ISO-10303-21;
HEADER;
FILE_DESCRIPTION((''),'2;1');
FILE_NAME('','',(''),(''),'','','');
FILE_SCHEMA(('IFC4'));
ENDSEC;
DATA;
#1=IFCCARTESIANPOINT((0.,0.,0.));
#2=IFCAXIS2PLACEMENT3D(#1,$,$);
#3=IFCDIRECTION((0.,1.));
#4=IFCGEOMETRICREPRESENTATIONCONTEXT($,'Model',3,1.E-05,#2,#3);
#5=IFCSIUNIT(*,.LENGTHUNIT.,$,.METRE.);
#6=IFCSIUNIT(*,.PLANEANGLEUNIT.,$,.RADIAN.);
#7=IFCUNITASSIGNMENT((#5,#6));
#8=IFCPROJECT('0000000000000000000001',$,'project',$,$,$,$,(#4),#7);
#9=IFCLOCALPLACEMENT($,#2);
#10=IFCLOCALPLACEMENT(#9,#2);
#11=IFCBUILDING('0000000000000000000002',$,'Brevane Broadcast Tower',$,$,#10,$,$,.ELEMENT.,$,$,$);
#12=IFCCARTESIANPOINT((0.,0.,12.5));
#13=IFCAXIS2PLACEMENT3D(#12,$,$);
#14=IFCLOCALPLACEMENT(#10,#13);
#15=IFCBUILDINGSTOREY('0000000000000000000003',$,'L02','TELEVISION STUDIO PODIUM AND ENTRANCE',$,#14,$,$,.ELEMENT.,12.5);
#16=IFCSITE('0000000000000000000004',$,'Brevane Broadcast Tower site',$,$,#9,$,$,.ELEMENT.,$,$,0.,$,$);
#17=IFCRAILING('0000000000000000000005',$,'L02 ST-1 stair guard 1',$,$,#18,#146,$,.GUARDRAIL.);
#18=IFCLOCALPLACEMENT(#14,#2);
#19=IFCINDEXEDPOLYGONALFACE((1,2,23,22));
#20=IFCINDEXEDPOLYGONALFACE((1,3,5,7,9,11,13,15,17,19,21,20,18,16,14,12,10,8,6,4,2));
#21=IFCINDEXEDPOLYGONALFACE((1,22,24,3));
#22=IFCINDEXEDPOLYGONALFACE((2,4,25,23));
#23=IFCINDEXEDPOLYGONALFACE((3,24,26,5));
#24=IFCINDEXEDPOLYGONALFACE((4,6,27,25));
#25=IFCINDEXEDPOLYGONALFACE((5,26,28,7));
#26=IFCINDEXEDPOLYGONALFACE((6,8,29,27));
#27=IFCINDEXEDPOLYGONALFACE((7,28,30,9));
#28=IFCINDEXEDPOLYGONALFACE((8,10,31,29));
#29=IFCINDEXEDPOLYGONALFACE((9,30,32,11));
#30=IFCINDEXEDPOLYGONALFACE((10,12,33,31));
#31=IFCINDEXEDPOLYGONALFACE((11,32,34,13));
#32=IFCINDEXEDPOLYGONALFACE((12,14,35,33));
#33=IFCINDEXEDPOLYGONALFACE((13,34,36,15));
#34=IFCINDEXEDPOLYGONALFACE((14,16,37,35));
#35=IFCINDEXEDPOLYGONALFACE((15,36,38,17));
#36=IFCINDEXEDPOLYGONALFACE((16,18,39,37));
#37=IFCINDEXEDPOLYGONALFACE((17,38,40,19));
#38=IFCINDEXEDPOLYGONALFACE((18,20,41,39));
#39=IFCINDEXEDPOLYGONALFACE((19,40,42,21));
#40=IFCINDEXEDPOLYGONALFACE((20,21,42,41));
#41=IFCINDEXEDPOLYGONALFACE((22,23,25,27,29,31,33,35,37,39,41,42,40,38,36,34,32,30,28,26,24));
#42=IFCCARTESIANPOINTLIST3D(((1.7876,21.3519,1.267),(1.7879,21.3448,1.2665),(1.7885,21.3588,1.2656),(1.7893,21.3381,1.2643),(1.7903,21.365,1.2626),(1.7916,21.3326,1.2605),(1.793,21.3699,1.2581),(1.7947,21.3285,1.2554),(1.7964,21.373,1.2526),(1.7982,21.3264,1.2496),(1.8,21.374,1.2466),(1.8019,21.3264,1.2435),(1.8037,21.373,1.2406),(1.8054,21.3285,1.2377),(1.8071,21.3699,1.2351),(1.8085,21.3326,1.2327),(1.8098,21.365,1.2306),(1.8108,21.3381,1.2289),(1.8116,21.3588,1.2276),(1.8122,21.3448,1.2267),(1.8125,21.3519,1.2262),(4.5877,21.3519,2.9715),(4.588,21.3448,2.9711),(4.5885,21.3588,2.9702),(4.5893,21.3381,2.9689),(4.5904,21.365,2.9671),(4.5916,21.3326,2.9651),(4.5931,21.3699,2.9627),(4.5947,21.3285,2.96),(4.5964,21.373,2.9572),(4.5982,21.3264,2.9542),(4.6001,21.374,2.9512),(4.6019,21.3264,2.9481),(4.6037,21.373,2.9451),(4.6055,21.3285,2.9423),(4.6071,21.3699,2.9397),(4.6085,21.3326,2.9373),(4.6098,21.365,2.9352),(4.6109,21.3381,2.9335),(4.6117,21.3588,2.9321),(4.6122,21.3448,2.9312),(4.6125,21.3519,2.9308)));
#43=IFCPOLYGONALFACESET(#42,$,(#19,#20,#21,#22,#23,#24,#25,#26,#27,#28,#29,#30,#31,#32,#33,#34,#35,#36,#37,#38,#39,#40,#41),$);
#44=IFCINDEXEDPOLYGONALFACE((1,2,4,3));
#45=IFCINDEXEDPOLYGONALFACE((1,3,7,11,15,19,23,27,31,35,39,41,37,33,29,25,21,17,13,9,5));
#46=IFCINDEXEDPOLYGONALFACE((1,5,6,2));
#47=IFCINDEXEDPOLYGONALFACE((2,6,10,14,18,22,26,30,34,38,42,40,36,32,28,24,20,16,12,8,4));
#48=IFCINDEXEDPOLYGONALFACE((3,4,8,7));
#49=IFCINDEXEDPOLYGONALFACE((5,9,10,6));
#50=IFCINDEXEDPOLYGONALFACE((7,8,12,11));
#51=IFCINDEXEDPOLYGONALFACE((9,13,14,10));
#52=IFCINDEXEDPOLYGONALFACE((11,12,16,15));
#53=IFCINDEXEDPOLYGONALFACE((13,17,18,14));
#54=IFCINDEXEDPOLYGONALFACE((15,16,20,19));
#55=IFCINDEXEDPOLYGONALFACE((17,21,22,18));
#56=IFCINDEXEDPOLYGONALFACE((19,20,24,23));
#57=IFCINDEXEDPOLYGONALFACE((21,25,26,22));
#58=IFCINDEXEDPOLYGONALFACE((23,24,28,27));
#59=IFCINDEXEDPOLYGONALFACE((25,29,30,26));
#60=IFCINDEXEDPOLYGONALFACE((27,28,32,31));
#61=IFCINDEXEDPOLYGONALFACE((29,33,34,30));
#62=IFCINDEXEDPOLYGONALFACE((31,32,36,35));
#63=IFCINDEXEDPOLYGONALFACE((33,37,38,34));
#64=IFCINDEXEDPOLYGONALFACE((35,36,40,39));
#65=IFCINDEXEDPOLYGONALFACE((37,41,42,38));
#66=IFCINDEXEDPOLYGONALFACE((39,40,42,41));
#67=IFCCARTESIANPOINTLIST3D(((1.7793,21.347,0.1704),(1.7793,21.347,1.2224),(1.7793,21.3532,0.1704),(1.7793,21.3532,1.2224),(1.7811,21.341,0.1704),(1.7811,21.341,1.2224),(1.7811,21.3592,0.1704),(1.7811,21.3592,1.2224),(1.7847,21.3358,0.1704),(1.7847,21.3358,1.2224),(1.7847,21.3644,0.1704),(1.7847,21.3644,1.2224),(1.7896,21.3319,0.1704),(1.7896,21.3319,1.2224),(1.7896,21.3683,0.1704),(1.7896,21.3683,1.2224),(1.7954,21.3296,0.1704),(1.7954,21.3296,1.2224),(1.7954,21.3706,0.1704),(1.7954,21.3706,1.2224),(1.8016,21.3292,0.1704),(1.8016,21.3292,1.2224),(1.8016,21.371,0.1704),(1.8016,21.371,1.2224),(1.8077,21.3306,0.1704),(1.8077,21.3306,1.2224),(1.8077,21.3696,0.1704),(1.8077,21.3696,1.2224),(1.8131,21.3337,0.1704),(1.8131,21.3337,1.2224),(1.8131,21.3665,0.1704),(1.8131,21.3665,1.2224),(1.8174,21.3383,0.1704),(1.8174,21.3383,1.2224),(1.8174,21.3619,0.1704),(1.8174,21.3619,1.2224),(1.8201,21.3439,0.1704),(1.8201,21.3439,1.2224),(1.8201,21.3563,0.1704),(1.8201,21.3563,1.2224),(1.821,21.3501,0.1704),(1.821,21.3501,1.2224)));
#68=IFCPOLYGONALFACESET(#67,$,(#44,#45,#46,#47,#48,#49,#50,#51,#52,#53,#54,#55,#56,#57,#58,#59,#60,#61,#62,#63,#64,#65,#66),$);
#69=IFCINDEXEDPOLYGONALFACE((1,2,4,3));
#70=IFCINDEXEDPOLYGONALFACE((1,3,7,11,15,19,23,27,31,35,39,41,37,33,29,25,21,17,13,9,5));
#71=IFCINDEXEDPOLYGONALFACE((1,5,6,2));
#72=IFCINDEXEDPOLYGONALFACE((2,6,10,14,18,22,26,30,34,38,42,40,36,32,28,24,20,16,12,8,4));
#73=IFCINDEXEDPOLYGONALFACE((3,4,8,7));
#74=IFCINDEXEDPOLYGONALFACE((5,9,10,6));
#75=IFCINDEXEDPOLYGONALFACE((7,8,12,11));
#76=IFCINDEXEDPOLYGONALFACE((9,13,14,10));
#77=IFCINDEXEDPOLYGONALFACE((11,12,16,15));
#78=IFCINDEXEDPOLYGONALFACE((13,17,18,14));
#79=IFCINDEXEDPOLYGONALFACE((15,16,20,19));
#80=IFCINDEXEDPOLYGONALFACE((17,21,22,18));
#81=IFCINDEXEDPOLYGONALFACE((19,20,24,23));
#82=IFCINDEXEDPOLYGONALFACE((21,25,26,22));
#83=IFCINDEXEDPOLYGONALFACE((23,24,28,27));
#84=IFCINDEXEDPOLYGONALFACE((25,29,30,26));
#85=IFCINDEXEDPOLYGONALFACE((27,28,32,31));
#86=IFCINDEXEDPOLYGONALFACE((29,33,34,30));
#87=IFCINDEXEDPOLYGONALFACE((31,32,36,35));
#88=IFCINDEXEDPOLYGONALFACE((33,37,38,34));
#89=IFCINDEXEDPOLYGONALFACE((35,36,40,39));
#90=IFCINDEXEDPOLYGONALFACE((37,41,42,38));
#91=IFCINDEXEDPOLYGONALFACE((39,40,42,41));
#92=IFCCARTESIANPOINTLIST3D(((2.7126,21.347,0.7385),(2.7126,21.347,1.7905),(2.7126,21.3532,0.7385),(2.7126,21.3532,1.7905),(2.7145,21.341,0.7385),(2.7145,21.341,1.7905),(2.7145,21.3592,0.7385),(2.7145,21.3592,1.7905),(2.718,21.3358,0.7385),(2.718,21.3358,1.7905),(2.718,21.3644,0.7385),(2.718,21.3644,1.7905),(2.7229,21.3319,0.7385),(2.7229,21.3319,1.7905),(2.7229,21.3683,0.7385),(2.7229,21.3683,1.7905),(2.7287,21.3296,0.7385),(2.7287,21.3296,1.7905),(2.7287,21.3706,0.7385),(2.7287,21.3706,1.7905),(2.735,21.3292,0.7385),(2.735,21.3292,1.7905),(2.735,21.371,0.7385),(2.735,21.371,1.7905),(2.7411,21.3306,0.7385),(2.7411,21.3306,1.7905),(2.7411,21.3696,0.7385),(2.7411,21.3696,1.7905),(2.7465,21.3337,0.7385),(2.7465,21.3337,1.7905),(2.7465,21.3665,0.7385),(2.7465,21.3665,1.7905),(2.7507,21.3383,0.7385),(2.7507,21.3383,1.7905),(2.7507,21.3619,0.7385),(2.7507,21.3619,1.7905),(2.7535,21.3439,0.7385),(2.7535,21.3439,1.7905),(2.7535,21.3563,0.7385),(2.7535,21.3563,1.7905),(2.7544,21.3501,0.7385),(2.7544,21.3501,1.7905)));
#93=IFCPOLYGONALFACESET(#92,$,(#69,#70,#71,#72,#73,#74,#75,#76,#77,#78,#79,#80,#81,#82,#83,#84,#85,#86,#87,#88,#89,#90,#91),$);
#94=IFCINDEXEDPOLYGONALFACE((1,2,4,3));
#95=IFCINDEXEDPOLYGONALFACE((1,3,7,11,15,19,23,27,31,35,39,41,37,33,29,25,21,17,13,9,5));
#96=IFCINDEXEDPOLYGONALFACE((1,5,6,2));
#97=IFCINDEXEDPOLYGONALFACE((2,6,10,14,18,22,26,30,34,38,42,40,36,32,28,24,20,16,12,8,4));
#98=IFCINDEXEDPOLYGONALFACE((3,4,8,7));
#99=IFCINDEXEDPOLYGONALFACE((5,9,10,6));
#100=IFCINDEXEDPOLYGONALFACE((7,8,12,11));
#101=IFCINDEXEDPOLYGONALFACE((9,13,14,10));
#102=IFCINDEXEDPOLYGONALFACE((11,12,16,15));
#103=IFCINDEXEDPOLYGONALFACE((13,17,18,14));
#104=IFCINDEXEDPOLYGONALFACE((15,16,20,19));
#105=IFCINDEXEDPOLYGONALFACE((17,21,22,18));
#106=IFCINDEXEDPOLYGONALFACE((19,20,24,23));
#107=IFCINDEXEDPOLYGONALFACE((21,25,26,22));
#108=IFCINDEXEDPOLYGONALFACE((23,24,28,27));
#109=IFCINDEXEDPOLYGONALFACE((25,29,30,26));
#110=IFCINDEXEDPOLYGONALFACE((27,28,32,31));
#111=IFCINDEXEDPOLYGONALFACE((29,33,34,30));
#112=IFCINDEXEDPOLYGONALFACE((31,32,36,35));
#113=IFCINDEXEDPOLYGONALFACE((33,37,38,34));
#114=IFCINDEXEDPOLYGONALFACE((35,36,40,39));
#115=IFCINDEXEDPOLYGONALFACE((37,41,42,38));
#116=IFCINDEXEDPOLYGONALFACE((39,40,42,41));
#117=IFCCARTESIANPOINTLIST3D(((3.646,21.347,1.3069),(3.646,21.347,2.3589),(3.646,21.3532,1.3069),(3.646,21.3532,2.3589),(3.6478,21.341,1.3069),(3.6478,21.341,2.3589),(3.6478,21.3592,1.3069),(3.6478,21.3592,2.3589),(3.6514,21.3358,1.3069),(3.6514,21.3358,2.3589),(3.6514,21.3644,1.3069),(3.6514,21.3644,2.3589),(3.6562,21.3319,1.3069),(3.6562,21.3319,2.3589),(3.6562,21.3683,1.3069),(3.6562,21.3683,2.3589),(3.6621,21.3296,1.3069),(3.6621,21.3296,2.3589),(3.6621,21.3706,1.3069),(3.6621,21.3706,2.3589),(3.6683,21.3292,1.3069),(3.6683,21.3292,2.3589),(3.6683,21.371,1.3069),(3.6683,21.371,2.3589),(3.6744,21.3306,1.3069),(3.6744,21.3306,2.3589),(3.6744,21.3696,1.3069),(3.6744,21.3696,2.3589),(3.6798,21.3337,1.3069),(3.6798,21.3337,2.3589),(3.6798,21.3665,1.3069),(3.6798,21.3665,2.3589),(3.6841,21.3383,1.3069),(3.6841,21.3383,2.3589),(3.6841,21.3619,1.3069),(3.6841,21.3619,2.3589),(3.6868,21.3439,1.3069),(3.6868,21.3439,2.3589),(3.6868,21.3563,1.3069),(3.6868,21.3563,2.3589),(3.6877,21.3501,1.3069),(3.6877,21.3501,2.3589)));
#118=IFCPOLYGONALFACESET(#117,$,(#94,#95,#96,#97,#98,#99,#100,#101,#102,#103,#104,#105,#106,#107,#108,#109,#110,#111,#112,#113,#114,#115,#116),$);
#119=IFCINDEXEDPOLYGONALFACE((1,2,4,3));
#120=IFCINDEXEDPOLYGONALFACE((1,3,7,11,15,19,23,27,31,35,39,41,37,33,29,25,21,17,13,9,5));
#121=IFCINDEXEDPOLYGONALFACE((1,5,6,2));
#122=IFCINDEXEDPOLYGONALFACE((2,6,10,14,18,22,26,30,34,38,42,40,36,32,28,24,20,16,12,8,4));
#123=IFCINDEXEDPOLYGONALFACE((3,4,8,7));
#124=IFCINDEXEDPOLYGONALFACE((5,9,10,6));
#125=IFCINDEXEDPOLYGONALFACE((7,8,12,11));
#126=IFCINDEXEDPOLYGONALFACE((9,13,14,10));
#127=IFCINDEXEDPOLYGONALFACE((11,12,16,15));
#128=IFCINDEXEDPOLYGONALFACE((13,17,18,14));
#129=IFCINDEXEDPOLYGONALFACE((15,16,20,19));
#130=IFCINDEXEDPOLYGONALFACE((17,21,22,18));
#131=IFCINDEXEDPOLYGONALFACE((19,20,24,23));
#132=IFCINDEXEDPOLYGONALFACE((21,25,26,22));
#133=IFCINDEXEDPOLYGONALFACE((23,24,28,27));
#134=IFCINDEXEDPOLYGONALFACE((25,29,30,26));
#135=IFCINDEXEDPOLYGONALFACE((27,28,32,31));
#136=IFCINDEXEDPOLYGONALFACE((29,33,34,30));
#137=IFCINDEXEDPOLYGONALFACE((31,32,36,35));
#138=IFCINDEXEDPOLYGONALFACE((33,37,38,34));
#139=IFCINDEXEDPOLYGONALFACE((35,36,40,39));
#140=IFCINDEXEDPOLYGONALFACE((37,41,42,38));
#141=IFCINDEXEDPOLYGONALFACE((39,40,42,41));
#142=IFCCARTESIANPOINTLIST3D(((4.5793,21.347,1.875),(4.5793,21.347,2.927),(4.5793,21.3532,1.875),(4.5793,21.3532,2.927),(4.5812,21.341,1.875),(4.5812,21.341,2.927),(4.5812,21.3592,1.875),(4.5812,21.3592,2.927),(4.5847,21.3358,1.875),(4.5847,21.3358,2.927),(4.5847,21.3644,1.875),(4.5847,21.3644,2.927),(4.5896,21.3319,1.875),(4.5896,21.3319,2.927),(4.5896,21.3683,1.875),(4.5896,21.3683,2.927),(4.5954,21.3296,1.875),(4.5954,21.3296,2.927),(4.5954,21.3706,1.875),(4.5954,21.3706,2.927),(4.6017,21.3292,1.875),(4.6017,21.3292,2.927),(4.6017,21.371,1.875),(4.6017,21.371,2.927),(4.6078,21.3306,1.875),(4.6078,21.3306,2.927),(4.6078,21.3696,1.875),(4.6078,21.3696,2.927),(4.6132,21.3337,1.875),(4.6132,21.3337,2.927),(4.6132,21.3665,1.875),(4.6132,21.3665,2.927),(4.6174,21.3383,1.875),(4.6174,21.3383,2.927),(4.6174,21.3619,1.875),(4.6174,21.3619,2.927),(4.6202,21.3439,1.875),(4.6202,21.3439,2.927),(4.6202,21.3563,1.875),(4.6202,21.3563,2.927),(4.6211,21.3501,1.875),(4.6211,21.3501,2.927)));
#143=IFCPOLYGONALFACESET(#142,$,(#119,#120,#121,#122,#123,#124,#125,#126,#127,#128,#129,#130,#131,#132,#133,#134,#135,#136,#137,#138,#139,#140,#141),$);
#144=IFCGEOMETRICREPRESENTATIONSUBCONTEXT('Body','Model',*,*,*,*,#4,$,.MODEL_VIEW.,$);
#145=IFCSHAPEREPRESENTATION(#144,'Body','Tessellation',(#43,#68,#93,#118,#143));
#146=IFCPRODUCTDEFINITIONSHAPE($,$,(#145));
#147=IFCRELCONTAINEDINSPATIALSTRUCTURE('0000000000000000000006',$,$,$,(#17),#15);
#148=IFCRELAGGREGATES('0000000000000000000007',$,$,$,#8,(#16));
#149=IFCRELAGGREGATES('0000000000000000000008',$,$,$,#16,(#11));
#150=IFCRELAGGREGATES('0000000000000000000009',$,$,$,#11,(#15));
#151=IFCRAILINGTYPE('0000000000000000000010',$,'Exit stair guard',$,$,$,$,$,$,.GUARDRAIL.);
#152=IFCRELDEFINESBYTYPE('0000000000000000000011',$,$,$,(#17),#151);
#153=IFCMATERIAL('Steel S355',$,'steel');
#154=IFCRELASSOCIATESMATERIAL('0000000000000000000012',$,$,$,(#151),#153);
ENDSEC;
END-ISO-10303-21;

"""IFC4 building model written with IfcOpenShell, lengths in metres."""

from ifc_helpers import new_model, si_unit, direction, frame, origin, origin_2d, place, context, subcontext, project, spatial, circle, extrude, material, type_object, element, save


model = new_model("IFC4")

# Units and contexts
model_context = context("Model", 3, precision=1e-05, world=origin(), true_north=direction((0.0, 1.0)))
body_context = subcontext(model_context, "Body", "Model", "MODEL_VIEW")
ifc_project = project(units=[si_unit("LENGTHUNIT", "METRE"), si_unit("PLANEANGLEUNIT", "RADIAN")], contexts=[model_context])

# Site, building, storey
site_placement = place(None, origin())
site = spatial("IfcSite", under=ifc_project, at=site_placement, Name="Brevane Broadcast Tower site", CompositionType="ELEMENT", RefElevation=0.0)
building_placement = place(site_placement, origin())
building = spatial("IfcBuilding", under=site, at=building_placement, Name="Brevane Broadcast Tower", CompositionType="ELEMENT")
storey_placement = place(building_placement, frame((0.0, 0.0, 12.5)))
storey = spatial("IfcBuildingStorey", under=building, at=storey_placement, Name="L02", Description="TELEVISION STUDIO PODIUM AND ENTRANCE", CompositionType="ELEMENT", Elevation=12.5)

# Railing
ifc_material_1 = material(Name="Steel S355", Category="steel")
railing_type_1 = type_object("IfcRailingType", Name="Exit stair guard", PredefinedType="GUARDRAIL", material=ifc_material_1)
railing_1_placement = place(storey_placement, frame((1.8, 21.3501, 0.1704)))
element("IfcRailing", 1, at=railing_1_placement, inside=storey, type_object=railing_type_1, Name="L02 ST-1 stair guard 1", PredefinedType="GUARDRAIL", context=body_context, shape_type="SweptSolid", body=[
    extrude(circle(Radius=0.0239, at=origin_2d()), frame((0.0, 0.0, 1.0762), z_axis=(0.85417, 0.0, 0.519994), x_axis=(0.0, 1.0, 0.0)), (0.0, 0.0, 1.0), 3.2781),
    extrude(circle(Radius=0.021, at=origin_2d()), origin(), (0.0, 0.0, 1.0), 1.052),
    extrude(circle(Radius=0.021, at=origin_2d()), frame((0.9333, 0.0, 0.5681)), (0.0, 0.0, 1.0), 1.052),
    extrude(circle(Radius=0.021, at=origin_2d()), frame((1.8667, 0.0, 1.1365)), (0.0, 0.0, 1.0), 1.052),
    extrude(circle(Radius=0.021, at=origin_2d()), frame((2.8, 0.0, 1.7046)), (0.0, 0.0, 1.0), 1.052),
])

save(model, "model.ifc")
